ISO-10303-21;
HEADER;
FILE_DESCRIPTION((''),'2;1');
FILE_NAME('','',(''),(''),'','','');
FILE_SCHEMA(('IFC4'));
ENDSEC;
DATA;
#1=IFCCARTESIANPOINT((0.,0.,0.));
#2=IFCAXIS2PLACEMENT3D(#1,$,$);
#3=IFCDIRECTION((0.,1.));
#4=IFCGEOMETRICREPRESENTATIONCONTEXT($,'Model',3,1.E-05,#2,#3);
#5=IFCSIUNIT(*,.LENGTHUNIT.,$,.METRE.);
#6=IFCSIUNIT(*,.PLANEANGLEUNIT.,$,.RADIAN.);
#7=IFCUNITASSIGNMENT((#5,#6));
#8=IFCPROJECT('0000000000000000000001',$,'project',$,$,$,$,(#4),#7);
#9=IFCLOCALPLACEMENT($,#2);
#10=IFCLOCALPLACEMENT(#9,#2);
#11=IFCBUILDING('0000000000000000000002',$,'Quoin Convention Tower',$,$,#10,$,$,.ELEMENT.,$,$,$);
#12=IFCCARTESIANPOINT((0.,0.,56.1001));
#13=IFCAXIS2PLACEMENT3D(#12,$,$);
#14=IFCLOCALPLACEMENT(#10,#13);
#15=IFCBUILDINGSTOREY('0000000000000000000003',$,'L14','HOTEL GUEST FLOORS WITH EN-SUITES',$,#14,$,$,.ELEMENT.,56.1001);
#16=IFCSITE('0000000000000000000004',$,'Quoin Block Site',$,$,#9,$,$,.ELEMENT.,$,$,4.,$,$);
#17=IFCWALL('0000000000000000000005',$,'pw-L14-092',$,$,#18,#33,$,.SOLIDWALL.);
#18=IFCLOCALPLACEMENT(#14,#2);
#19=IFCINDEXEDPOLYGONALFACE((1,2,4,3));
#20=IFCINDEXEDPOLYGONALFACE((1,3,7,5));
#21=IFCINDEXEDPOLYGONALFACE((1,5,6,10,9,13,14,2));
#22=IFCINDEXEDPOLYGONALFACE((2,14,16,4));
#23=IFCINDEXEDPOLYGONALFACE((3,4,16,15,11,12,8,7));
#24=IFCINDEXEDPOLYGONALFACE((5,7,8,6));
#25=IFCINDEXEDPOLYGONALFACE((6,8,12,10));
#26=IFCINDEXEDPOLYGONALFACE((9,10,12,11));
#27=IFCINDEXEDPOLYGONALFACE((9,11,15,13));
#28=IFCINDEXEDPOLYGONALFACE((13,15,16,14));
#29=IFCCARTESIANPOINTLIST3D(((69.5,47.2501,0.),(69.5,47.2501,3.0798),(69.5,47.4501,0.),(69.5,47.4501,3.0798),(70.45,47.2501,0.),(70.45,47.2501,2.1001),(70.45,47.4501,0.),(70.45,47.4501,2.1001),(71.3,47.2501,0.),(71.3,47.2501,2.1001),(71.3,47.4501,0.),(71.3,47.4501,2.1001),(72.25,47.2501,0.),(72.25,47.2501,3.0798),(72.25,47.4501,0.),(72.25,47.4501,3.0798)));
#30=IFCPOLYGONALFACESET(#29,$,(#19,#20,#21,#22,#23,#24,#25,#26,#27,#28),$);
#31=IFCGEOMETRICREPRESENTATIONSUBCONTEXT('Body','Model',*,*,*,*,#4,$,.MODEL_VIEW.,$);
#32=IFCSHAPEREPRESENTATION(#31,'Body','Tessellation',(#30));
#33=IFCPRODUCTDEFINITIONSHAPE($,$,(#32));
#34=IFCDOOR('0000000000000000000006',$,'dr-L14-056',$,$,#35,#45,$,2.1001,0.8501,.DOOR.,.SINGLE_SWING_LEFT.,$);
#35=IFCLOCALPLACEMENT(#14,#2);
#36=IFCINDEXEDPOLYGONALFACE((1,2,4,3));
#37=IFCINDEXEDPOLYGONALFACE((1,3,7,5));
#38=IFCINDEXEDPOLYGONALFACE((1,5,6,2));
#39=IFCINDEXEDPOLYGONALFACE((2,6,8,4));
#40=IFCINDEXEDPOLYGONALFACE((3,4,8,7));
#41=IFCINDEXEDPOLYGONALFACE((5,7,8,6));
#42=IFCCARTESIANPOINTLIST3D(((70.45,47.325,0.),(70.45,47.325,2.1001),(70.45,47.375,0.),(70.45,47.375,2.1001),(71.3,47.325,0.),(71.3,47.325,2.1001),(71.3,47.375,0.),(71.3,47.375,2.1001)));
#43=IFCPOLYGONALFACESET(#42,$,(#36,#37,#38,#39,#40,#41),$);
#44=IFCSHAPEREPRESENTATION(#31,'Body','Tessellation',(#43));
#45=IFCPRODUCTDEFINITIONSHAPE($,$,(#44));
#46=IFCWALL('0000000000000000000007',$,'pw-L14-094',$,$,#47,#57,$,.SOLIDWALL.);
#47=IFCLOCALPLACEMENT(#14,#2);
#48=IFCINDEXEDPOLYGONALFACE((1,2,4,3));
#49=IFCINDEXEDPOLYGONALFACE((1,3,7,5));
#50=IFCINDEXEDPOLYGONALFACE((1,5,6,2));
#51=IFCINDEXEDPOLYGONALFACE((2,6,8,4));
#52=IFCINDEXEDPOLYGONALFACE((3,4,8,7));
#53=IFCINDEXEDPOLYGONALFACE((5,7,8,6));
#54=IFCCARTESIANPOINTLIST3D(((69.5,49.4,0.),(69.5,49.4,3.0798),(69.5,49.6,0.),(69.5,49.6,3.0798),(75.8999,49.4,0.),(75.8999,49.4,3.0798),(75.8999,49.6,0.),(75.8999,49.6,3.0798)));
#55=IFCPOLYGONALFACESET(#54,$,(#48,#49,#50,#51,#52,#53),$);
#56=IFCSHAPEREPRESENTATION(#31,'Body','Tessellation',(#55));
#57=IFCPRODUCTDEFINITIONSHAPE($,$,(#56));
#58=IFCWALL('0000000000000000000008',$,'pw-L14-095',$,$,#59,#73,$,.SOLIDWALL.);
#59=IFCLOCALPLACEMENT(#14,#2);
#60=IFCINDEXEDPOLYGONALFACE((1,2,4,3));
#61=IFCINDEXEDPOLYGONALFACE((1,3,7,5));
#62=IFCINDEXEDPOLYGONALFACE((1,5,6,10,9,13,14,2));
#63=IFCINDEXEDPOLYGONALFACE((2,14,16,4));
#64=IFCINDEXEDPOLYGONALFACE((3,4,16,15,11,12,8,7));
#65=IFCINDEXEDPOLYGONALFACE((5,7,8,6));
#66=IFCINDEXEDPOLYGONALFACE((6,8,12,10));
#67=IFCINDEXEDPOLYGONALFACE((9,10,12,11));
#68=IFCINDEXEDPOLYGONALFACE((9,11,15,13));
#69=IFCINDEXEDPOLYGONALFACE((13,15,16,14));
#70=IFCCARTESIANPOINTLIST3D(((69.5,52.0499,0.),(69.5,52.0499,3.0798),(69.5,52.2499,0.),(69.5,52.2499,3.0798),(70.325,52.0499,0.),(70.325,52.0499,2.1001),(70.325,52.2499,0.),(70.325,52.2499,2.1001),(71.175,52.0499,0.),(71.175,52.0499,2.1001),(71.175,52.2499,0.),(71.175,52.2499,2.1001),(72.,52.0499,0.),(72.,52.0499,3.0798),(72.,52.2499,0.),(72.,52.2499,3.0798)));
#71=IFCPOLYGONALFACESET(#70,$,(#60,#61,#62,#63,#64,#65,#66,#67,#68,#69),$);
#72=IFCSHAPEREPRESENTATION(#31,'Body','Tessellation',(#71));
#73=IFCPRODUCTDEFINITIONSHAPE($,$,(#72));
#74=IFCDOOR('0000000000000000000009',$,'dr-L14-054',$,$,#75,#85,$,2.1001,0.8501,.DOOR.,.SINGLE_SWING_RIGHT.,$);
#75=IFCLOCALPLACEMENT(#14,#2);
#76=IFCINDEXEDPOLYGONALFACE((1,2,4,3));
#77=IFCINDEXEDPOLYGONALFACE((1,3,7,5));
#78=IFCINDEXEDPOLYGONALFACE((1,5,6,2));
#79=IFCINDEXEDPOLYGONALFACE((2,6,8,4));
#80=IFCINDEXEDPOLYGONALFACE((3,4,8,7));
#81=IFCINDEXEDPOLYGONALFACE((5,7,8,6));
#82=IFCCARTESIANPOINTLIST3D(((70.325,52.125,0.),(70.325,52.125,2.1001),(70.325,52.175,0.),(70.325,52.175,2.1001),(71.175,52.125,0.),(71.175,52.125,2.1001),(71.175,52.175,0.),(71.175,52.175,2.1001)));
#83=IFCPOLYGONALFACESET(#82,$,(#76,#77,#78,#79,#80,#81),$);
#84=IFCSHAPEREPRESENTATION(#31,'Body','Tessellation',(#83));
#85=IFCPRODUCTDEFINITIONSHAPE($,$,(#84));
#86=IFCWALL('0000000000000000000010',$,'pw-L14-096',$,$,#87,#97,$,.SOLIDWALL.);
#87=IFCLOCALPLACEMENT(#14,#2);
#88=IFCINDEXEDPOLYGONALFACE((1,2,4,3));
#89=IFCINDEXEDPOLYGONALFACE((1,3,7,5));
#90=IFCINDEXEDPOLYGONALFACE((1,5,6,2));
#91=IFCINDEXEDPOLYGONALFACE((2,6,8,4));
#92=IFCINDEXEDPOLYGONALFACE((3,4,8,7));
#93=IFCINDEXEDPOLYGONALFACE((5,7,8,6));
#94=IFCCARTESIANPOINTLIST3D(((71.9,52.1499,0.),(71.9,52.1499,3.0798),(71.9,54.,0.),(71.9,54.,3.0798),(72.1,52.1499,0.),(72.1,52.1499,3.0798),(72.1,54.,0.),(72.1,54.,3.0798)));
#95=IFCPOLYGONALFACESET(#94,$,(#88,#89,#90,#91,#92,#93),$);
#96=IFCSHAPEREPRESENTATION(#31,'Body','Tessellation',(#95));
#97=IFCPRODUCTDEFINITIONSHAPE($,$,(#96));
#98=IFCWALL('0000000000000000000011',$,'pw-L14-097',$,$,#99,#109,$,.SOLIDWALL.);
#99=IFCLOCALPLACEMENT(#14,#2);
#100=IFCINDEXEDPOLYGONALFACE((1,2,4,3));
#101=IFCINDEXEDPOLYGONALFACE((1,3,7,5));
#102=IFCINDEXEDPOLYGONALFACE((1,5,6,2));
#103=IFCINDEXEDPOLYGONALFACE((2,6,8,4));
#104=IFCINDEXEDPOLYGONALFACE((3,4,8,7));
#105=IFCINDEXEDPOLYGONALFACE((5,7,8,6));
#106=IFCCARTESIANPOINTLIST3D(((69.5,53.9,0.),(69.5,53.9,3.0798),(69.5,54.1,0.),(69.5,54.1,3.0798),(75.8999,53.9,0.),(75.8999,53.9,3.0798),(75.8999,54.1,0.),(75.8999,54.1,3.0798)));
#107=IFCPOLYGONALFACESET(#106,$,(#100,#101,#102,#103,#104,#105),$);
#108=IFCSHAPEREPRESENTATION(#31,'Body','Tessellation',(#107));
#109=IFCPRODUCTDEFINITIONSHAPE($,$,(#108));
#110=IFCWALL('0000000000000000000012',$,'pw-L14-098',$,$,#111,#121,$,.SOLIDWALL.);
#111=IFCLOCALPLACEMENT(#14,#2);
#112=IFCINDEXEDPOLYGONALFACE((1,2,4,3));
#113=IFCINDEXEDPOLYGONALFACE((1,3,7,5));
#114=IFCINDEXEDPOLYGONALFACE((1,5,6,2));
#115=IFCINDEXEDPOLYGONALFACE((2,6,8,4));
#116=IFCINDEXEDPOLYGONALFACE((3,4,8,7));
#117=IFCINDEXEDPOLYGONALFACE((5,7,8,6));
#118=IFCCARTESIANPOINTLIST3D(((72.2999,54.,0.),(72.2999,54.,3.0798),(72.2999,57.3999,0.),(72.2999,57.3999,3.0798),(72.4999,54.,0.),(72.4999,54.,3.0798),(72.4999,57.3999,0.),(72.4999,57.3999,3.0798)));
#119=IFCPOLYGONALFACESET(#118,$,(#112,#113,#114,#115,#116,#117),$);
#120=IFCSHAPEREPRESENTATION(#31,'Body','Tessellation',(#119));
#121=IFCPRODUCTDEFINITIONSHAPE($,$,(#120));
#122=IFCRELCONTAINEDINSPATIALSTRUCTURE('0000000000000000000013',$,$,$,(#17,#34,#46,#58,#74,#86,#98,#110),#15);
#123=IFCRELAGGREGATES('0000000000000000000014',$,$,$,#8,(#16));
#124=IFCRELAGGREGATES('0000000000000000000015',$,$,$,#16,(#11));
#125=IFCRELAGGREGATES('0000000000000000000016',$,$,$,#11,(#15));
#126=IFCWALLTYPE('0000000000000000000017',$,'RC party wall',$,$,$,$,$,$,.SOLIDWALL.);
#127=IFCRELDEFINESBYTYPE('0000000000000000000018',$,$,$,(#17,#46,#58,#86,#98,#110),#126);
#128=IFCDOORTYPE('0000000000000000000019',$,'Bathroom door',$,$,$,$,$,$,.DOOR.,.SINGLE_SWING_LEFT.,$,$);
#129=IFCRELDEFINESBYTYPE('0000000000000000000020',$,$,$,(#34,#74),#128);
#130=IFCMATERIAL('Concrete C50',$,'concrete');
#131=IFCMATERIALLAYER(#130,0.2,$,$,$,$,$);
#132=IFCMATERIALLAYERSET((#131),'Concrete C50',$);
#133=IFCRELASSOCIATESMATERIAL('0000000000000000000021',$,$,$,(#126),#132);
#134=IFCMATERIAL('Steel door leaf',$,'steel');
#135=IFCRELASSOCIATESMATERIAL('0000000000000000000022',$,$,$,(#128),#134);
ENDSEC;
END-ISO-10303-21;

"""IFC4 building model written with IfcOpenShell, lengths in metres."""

from ifc_helpers import new_model, si_unit, direction, frame, frame_2d, origin, place, context, subcontext, project, spatial, rectangle, extrude, material, layer, layer_set, type_object, element, fill, save


model = new_model("IFC4")

# Units and contexts
model_context = context("Model", 3, precision=1e-05, world=origin(), true_north=direction((0.0, 1.0)))
body_context = subcontext(model_context, "Body", "Model", "MODEL_VIEW")
ifc_project = project(units=[si_unit("LENGTHUNIT", "METRE"), si_unit("PLANEANGLEUNIT", "RADIAN")], contexts=[model_context])

# Site, building, storey
site_placement = place(None, origin())
site = spatial("IfcSite", under=ifc_project, at=site_placement, Name="Quoin Block Site", CompositionType="ELEMENT", RefElevation=4.0)
building_placement = place(site_placement, origin())
building = spatial("IfcBuilding", under=site, at=building_placement, Name="Quoin Convention Tower", CompositionType="ELEMENT")
storey_placement = place(building_placement, frame((0.0, 0.0, 56.1001)))
storey = spatial("IfcBuildingStorey", under=building, at=storey_placement, Name="L14", Description="HOTEL GUEST FLOORS WITH EN-SUITES", CompositionType="ELEMENT", Elevation=56.1001)

# Shared definitions
ifc_material_1 = material(Name="Concrete C50", Category="concrete")

# Shared definitions
ifc_material_2 = material(Name="Steel door leaf", Category="steel")

# Wall, opening, door
ifc_layer_1 = layer(ifc_material_1, 0.2)
ifc_layer_set_1 = layer_set([ifc_layer_1], Name="Concrete C50")
wall_type_1 = type_object("IfcWallType", Name="RC party wall", PredefinedType="SOLIDWALL", material=ifc_layer_set_1)
wall_1_placement = place(storey_placement, frame((69.5, 47.3501, 0.0), z_axis=(0.0, 0.0, 1.0), x_axis=(1.0, 0.0, 0.0)))
wall_1 = element("IfcWall", 1, at=wall_1_placement, inside=storey, type_object=wall_type_1, Name="pw-L14-092", PredefinedType="SOLIDWALL", context=body_context, shape_type="SweptSolid", body=[
    extrude(rectangle(XDim=2.75, YDim=0.2, at=frame_2d((1.375, 0.0))), origin(), (0.0, 0.0, 1.0), 3.0798),
])
opening_1_placement = place(wall_1_placement, frame((0.95, 0.0, 0.0)))
opening_1 = element("IfcOpeningElement", 2, at=opening_1_placement, cuts=wall_1, PredefinedType="OPENING", context=body_context, shape_type="SweptSolid", body=[
    extrude(rectangle(XDim=0.8501, YDim=2.1001, at=frame_2d((0.425, 1.05))), frame((0.0, 0.1099, 0.0), z_axis=(0.0, -1.0, 0.0), x_axis=(1.0, 0.0, 0.0)), (0.0, 0.0, 1.0), 0.22),
])
door_type_1 = type_object("IfcDoorType", Name="Bathroom door", OperationType="SINGLE_SWING_LEFT", PredefinedType="DOOR", material=ifc_material_2)
door_1_placement = place(opening_1_placement, origin())
door_1 = element("IfcDoor", 3, at=door_1_placement, inside=storey, type_object=door_type_1, Name="dr-L14-056", OperationType="SINGLE_SWING_LEFT", OverallHeight=2.1001, OverallWidth=0.8501, PredefinedType="DOOR", context=body_context, shape_type="SweptSolid", body=[
    extrude(rectangle(XDim=0.8501, YDim=2.1001, at=frame_2d((0.425, 1.05))), frame((0.0, 0.0249, 0.0), z_axis=(0.0, -1.0, 0.0), x_axis=(1.0, 0.0, 0.0)), (0.0, 0.0, 1.0), 0.05),
])
fill(opening_1, door_1)

# Wall
wall_2_placement = place(storey_placement, frame((69.5, 49.5, 0.0), z_axis=(0.0, 0.0, 1.0), x_axis=(1.0, 0.0, 0.0)))
element("IfcWall", 4, at=wall_2_placement, inside=storey, type_object=wall_type_1, Name="pw-L14-094", PredefinedType="SOLIDWALL", context=body_context, shape_type="SweptSolid", body=[
    extrude(rectangle(XDim=6.3999, YDim=0.2, at=frame_2d((3.2, 0.0))), origin(), (0.0, 0.0, 1.0), 3.0798),
])

# Wall, opening, door
wall_3_placement = place(storey_placement, frame((69.5, 52.1499, 0.0), z_axis=(0.0, 0.0, 1.0), x_axis=(1.0, 0.0, 0.0)))
wall_3 = element("IfcWall", 5, at=wall_3_placement, inside=storey, type_object=wall_type_1, Name="pw-L14-095", PredefinedType="SOLIDWALL", context=body_context, shape_type="SweptSolid", body=[
    extrude(rectangle(XDim=2.5, YDim=0.2, at=frame_2d((1.25, 0.0))), origin(), (0.0, 0.0, 1.0), 3.0798),
])
opening_2_placement = place(wall_3_placement, frame((0.825, 0.0, 0.0)))
opening_2 = element("IfcOpeningElement", 6, at=opening_2_placement, cuts=wall_3, PredefinedType="OPENING", context=body_context, shape_type="SweptSolid", body=[
    extrude(rectangle(XDim=0.8501, YDim=2.1001, at=frame_2d((0.425, 1.05))), frame((0.0, 0.1099, 0.0), z_axis=(0.0, -1.0, 0.0), x_axis=(1.0, 0.0, 0.0)), (0.0, 0.0, 1.0), 0.22),
])
door_2_placement = place(opening_2_placement, frame((0.8501, 0.0, 0.0), z_axis=(0.0, 0.0, 1.0), x_axis=(-1.0, 0.0, 0.0)))
door_2 = element("IfcDoor", 7, at=door_2_placement, inside=storey, type_object=door_type_1, Name="dr-L14-054", OperationType="SINGLE_SWING_RIGHT", OverallHeight=2.1001, OverallWidth=0.8501, PredefinedType="DOOR", context=body_context, shape_type="SweptSolid", body=[
    extrude(rectangle(XDim=0.8501, YDim=2.1001, at=frame_2d((0.425, 1.05))), frame((0.0, 0.0249, 0.0), z_axis=(0.0, -1.0, 0.0), x_axis=(1.0, 0.0, 0.0)), (0.0, 0.0, 1.0), 0.05),
])
fill(opening_2, door_2)

# Walls
wall_4_placement = place(storey_placement, frame((72.0, 52.1499, 0.0), z_axis=(0.0, 0.0, 1.0), x_axis=(0.0, 1.0, 0.0)))
element("IfcWall", 8, at=wall_4_placement, inside=storey, type_object=wall_type_1, Name="pw-L14-096", PredefinedType="SOLIDWALL", context=body_context, shape_type="SweptSolid", body=[
    extrude(rectangle(XDim=1.8501, YDim=0.2, at=frame_2d((0.925, 0.0))), origin(), (0.0, 0.0, 1.0), 3.0798),
])
wall_5_placement = place(storey_placement, frame((69.5, 54.0, 0.0), z_axis=(0.0, 0.0, 1.0), x_axis=(1.0, 0.0, 0.0)))
element("IfcWall", 9, at=wall_5_placement, inside=storey, type_object=wall_type_1, Name="pw-L14-097", PredefinedType="SOLIDWALL", context=body_context, shape_type="SweptSolid", body=[
    extrude(rectangle(XDim=6.3999, YDim=0.2, at=frame_2d((3.2, 0.0))), origin(), (0.0, 0.0, 1.0), 3.0798),
])
wall_6_placement = place(storey_placement, frame((72.3999, 54.0, 0.0), z_axis=(0.0, 0.0, 1.0), x_axis=(0.0, 1.0, 0.0)))
element("IfcWall", 10, at=wall_6_placement, inside=storey, type_object=wall_type_1, Name="pw-L14-098", PredefinedType="SOLIDWALL", context=body_context, shape_type="SweptSolid", body=[
    extrude(rectangle(XDim=3.3999, YDim=0.2, at=frame_2d((1.7, 0.0))), origin(), (0.0, 0.0, 1.0), 3.0798),
])

save(model, "model.ifc")
